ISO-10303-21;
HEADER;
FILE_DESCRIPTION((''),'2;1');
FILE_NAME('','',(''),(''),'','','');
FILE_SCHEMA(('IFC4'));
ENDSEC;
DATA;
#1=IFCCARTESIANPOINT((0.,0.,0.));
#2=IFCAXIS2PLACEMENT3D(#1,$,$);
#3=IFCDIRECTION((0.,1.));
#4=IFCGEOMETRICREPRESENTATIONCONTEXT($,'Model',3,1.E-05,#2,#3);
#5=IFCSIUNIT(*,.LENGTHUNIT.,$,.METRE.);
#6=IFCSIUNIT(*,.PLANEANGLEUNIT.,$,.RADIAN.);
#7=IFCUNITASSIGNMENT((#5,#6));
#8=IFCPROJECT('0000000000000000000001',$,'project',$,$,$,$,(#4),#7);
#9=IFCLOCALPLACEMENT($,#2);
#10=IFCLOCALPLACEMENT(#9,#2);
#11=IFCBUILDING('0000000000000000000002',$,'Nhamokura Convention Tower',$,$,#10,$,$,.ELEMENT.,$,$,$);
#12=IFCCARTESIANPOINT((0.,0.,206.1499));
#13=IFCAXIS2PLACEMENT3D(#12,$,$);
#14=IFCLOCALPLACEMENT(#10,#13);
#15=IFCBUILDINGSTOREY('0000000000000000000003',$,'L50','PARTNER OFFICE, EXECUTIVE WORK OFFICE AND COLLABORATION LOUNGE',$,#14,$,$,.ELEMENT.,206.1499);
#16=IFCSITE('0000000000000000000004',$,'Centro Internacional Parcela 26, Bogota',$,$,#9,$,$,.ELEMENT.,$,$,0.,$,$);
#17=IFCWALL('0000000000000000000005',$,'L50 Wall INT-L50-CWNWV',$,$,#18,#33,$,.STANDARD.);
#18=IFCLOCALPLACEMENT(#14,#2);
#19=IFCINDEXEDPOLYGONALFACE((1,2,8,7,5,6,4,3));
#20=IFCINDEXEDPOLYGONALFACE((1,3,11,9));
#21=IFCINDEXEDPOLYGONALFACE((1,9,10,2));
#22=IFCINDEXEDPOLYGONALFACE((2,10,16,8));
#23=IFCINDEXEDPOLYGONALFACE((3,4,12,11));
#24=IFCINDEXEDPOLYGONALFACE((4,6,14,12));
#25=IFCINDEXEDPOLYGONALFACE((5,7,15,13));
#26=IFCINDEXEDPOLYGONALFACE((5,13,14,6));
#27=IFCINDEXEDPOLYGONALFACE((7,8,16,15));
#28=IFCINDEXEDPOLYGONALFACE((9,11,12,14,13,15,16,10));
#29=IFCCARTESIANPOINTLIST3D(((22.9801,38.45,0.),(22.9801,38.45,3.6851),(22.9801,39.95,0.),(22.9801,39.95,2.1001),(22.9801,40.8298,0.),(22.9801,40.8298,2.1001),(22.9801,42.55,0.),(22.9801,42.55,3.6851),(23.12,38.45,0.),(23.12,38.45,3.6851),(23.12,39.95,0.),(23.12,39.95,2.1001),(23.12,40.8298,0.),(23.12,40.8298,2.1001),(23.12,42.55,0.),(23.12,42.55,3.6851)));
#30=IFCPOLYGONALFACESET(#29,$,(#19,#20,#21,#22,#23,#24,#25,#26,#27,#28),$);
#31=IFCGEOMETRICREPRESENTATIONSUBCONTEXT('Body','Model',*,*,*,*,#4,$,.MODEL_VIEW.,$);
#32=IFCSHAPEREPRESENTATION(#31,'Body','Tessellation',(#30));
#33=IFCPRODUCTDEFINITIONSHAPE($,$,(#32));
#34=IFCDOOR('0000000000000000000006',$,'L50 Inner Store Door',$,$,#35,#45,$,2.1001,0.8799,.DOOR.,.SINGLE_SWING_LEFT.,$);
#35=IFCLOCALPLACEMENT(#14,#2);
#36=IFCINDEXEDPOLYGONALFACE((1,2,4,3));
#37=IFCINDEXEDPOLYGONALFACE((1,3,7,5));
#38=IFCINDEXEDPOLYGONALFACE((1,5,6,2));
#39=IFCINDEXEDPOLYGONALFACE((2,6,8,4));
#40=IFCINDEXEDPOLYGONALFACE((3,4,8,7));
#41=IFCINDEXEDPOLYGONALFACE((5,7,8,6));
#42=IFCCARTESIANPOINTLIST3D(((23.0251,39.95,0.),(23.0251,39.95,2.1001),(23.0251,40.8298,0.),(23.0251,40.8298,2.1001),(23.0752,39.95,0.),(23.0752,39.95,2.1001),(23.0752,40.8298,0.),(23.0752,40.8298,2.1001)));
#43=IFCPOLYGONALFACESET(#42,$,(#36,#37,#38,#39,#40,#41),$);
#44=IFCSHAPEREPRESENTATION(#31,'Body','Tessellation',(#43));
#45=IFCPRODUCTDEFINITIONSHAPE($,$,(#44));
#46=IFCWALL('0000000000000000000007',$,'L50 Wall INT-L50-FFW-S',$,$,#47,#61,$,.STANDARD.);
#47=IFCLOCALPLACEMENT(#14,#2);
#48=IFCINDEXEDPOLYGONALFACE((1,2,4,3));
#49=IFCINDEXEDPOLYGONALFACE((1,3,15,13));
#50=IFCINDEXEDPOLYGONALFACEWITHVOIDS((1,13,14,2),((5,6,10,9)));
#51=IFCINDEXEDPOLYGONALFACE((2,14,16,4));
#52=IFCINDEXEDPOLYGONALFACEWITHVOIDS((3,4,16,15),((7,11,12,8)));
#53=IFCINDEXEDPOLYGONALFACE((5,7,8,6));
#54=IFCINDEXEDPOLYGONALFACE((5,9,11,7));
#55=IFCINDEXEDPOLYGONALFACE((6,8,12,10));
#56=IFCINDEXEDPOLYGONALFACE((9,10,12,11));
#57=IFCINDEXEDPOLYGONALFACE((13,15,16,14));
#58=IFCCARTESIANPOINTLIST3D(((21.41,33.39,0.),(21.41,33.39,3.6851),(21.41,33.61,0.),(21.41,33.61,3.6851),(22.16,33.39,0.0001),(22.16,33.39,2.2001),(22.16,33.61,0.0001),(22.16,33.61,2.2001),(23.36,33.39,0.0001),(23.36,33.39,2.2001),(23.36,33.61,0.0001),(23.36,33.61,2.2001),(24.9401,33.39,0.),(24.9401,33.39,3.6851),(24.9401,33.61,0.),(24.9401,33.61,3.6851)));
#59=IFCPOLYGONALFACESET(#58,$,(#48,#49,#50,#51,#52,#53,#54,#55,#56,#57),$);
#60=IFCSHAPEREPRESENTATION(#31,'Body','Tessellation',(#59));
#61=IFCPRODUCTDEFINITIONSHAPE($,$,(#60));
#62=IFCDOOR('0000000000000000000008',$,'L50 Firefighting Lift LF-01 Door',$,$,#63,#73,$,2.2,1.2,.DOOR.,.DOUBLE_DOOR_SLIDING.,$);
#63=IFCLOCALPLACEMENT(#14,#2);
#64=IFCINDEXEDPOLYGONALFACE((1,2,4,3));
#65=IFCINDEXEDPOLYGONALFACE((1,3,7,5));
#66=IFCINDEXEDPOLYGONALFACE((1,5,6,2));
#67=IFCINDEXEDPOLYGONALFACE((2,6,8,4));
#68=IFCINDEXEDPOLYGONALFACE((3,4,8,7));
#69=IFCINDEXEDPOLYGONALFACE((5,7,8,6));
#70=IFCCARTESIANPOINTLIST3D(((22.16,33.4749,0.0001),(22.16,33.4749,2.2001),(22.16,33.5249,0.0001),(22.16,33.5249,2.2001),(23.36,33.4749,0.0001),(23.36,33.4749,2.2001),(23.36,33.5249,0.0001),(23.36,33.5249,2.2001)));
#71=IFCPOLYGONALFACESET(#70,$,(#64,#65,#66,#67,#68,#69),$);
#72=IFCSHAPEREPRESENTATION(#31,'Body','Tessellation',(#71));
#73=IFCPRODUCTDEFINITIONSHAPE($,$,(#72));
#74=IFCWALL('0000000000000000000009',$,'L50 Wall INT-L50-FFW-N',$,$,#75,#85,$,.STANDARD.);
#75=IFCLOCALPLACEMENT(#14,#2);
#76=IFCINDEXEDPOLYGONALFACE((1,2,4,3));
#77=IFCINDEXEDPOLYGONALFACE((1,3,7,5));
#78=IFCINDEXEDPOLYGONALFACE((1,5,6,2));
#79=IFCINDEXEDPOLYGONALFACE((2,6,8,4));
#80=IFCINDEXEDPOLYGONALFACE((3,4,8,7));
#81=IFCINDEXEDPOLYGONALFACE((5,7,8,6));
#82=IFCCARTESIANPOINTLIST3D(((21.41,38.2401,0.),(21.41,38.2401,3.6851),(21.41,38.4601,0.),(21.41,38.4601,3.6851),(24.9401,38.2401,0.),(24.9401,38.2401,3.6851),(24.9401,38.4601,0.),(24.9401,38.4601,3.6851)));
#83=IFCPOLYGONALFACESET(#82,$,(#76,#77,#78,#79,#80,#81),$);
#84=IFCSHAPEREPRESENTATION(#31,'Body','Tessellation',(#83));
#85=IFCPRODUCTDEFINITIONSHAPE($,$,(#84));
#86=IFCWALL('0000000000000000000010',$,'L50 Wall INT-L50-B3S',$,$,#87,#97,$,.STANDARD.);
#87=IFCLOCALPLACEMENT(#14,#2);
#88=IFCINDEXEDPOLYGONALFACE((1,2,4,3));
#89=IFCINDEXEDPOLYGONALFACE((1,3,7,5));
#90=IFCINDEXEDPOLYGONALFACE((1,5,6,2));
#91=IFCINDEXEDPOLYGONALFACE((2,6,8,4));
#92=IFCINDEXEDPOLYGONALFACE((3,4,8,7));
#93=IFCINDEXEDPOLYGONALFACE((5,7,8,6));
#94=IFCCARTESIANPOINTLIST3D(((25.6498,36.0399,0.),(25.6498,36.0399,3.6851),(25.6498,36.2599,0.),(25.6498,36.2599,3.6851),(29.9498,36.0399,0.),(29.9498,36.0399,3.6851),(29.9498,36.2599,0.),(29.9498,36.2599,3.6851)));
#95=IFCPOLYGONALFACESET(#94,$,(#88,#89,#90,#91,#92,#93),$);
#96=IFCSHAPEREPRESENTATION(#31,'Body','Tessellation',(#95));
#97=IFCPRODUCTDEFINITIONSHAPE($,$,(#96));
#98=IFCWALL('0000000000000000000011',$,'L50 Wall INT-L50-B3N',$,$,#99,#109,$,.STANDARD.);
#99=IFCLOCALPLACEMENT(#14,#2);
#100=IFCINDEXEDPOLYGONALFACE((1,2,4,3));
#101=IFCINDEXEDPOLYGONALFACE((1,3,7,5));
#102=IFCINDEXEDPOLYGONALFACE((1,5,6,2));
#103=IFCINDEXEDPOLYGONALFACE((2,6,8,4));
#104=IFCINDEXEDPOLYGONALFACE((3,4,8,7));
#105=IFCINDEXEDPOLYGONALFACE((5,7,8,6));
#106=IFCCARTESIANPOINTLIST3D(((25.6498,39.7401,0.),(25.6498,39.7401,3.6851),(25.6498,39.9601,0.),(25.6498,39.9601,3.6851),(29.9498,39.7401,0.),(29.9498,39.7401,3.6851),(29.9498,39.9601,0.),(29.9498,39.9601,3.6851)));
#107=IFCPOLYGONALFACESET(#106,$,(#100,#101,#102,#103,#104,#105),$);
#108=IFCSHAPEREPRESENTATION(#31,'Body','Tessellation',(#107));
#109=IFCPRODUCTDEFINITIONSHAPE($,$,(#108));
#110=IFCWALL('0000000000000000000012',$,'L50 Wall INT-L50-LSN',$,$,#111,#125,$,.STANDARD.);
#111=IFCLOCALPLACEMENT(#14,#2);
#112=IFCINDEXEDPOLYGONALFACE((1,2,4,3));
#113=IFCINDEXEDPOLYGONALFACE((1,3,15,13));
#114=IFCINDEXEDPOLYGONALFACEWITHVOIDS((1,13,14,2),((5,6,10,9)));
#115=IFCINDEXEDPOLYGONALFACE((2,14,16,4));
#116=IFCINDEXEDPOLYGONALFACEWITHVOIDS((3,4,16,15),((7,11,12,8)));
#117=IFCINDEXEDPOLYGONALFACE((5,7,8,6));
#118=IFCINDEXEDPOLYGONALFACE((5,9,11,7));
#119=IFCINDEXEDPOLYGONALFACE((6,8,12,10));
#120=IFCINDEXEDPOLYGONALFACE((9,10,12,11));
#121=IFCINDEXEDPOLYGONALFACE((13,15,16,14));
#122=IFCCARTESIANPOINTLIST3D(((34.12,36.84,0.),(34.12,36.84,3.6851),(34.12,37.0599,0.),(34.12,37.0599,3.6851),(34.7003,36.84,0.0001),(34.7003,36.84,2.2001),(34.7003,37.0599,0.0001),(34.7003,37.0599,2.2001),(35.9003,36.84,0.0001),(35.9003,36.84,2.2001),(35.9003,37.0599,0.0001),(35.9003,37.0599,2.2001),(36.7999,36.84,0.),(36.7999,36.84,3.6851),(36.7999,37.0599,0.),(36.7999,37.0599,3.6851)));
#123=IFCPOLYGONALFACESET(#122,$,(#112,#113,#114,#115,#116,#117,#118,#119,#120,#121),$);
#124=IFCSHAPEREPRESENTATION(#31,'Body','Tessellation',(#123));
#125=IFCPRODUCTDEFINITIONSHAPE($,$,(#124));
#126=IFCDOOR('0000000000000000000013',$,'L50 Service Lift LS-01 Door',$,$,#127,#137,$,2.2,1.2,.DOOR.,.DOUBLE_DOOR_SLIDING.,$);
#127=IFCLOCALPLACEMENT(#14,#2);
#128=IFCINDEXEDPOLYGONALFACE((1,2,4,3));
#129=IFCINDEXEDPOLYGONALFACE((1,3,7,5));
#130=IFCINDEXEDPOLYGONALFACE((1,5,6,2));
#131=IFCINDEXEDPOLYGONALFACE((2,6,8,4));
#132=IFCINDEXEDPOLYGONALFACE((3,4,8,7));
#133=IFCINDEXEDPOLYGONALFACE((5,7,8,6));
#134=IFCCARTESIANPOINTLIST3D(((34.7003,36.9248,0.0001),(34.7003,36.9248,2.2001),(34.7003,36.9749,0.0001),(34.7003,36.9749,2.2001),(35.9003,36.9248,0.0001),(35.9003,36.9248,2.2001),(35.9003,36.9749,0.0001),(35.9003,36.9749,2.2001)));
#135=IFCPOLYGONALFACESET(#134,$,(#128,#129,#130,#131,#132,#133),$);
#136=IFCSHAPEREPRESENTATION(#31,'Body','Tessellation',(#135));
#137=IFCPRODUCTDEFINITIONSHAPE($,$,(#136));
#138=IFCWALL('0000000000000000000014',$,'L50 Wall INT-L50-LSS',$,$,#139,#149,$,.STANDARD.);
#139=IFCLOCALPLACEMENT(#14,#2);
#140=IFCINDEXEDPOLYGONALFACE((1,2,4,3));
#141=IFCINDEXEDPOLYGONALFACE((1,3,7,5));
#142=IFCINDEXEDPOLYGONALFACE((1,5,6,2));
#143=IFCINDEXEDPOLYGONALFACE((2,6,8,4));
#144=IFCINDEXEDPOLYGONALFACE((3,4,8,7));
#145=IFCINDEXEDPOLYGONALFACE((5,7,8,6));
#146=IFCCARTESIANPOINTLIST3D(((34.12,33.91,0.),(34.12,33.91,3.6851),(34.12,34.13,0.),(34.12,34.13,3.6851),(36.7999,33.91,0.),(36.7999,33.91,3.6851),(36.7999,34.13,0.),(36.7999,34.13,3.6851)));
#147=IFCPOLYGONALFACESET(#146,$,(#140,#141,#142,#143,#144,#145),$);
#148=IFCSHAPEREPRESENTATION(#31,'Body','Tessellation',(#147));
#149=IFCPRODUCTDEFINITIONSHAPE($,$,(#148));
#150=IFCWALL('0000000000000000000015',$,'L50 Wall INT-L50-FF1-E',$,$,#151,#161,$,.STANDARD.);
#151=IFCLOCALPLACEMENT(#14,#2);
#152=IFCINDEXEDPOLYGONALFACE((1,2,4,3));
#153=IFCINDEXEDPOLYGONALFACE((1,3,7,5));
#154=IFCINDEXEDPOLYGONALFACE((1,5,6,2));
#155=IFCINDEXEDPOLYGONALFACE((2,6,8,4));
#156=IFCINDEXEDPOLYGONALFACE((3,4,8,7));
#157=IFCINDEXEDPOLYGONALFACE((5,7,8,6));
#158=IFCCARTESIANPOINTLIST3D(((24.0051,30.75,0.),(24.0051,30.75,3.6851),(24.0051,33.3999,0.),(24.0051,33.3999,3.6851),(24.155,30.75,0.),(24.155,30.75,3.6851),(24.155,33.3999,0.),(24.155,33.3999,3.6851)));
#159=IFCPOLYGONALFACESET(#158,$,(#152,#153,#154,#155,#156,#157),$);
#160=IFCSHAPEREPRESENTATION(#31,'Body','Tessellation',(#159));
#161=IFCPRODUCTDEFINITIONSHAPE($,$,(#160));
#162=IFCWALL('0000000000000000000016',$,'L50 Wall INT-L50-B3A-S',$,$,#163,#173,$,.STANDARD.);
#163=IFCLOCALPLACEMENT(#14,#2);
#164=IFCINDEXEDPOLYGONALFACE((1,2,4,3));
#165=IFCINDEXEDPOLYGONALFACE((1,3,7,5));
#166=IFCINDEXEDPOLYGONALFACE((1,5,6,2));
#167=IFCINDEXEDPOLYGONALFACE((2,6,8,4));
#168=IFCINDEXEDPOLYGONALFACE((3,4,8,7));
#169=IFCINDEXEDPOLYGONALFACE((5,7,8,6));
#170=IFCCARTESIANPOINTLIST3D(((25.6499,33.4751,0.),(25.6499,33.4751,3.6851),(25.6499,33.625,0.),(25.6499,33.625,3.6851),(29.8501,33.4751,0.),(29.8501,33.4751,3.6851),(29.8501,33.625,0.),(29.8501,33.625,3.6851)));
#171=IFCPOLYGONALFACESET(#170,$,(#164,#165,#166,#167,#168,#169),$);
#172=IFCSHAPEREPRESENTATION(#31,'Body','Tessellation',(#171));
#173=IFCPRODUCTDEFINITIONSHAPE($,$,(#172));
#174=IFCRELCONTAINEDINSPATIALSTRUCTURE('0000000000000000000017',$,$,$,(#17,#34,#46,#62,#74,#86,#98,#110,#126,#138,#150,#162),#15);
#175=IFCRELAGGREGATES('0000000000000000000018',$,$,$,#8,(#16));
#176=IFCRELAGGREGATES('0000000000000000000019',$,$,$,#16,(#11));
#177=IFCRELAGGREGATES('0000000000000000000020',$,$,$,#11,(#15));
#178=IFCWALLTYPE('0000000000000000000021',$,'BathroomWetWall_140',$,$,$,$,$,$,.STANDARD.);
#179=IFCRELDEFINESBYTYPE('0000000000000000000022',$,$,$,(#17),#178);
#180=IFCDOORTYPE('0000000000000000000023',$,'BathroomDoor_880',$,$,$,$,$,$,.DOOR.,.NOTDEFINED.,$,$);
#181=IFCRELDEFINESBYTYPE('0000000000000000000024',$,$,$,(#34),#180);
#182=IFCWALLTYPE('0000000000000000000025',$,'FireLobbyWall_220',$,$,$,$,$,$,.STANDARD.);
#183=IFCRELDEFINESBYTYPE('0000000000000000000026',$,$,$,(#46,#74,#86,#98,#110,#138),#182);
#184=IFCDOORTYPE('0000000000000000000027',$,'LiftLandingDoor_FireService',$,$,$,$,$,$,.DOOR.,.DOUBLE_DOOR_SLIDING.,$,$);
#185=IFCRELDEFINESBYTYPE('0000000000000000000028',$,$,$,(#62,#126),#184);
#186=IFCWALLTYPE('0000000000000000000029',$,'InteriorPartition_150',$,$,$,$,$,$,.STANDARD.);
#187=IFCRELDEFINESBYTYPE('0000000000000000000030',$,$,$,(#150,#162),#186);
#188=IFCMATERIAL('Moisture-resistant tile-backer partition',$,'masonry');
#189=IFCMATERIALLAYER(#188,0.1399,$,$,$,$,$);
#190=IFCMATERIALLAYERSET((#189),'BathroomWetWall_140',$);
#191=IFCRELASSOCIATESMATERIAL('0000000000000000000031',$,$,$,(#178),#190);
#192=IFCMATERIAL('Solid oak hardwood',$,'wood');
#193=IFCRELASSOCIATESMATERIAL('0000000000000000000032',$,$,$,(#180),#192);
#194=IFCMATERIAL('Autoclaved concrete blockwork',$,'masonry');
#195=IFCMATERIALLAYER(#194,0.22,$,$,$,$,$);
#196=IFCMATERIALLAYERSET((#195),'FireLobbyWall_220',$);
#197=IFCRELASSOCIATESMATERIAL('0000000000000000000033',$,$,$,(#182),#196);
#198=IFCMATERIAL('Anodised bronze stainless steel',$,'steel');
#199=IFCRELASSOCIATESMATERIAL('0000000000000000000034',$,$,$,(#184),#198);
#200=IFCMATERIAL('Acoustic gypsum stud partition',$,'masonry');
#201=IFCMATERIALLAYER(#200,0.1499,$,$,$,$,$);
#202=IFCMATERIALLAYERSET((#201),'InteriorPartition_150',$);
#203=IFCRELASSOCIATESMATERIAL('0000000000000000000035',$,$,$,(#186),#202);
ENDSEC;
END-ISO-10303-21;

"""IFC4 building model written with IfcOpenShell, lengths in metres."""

from ifc_helpers import new_model, si_unit, direction, frame, frame_2d, origin, place, context, subcontext, project, spatial, rectangle, extrude, material, layer, layer_set, type_object, element, fill, save


model = new_model("IFC4")

# Units and contexts
model_context = context("Model", 3, precision=1e-05, world=origin(), true_north=direction((0.0, 1.0)))
body_context = subcontext(model_context, "Body", "Model", "MODEL_VIEW")
ifc_project = project(units=[si_unit("LENGTHUNIT", "METRE"), si_unit("PLANEANGLEUNIT", "RADIAN")], contexts=[model_context])

# Site, building, storey
site_placement = place(None, origin())
site = spatial("IfcSite", under=ifc_project, at=site_placement, Name="Centro Internacional Parcela 26, Bogota", CompositionType="ELEMENT", RefElevation=0.0)
building_placement = place(site_placement, origin())
building = spatial("IfcBuilding", under=site, at=building_placement, Name="Nhamokura Convention Tower", CompositionType="ELEMENT")
storey_placement = place(building_placement, frame((0.0, 0.0, 206.1499)))
storey = spatial("IfcBuildingStorey", under=building, at=storey_placement, Name="L50", Description="PARTNER OFFICE, EXECUTIVE WORK OFFICE AND COLLABORATION LOUNGE", CompositionType="ELEMENT", Elevation=206.1499)

# Wall, opening, door
ifc_material_1 = material(Name="Moisture-resistant tile-backer partition", Category="masonry")
ifc_layer_1 = layer(ifc_material_1, 0.1399)
ifc_layer_set_1 = layer_set([ifc_layer_1], Name="BathroomWetWall_140")
wall_type_1 = type_object("IfcWallType", Name="BathroomWetWall_140", PredefinedType="STANDARD", material=ifc_layer_set_1)
wall_1_placement = place(storey_placement, frame((23.05, 38.45, 0.0), z_axis=(0.0, 0.0, 1.0), x_axis=(0.0, 1.0, 0.0)))
wall_1 = element("IfcWall", 1, at=wall_1_placement, inside=storey, type_object=wall_type_1, Name="L50 Wall INT-L50-CWNWV", PredefinedType="STANDARD", context=body_context, shape_type="SweptSolid", body=[
    extrude(rectangle(XDim=4.1001, YDim=0.1399, at=frame_2d((2.05, 0.0))), origin(), (0.0, 0.0, 1.0), 3.6851),
])
opening_1_placement = place(wall_1_placement, frame((1.5, 0.0, 0.0)))
opening_1 = element("IfcOpeningElement", 2, at=opening_1_placement, cuts=wall_1, PredefinedType="OPENING", context=body_context, shape_type="SweptSolid", body=[
    extrude(rectangle(XDim=0.8799, YDim=2.1001, at=frame_2d((0.4399, 1.05))), frame((0.0, 0.0798, 0.0), z_axis=(0.0, -1.0, 0.0), x_axis=(1.0, 0.0, 0.0)), (0.0, 0.0, 1.0), 0.1599),
])
ifc_material_2 = material(Name="Solid oak hardwood", Category="wood")
door_type_1 = type_object("IfcDoorType", Name="BathroomDoor_880", OperationType="NOTDEFINED", PredefinedType="DOOR", material=ifc_material_2)
door_1_placement = place(opening_1_placement, origin())
door_1 = element("IfcDoor", 3, at=door_1_placement, inside=storey, type_object=door_type_1, Name="L50 Inner Store Door", OperationType="SINGLE_SWING_LEFT", OverallHeight=2.1001, OverallWidth=0.8799, PredefinedType="DOOR", context=body_context, shape_type="SweptSolid", body=[
    extrude(rectangle(XDim=0.8799, YDim=2.1001, at=frame_2d((0.4399, 1.05))), frame((0.0, 0.0249, 0.0), z_axis=(0.0, -1.0, 0.0), x_axis=(1.0, 0.0, 0.0)), (0.0, 0.0, 1.0), 0.05),
])
fill(opening_1, door_1)

# Wall, opening, door
ifc_material_3 = material(Name="Autoclaved concrete blockwork", Category="masonry")
ifc_layer_2 = layer(ifc_material_3, 0.22)
ifc_layer_set_2 = layer_set([ifc_layer_2], Name="FireLobbyWall_220")
wall_type_2 = type_object("IfcWallType", Name="FireLobbyWall_220", PredefinedType="STANDARD", material=ifc_layer_set_2)
wall_2_placement = place(storey_placement, frame((21.4099, 33.5, 0.0), z_axis=(0.0, 0.0, 1.0), x_axis=(1.0, 0.0, 0.0)))
wall_2 = element("IfcWall", 4, at=wall_2_placement, inside=storey, type_object=wall_type_2, Name="L50 Wall INT-L50-FFW-S", PredefinedType="STANDARD", context=body_context, shape_type="SweptSolid", body=[
    extrude(rectangle(XDim=3.53, YDim=0.22, at=frame_2d((1.7651, 0.0))), origin(), (0.0, 0.0, 1.0), 3.6851),
])
opening_2_placement = place(wall_2_placement, frame((0.75, 0.0, 0.0)))
opening_2 = element("IfcOpeningElement", 5, at=opening_2_placement, cuts=wall_2, PredefinedType="OPENING", context=body_context, shape_type="SweptSolid", body=[
    extrude(rectangle(XDim=1.2, YDim=2.2, at=frame_2d((0.6001, 1.1001))), frame((0.0, 0.1199, 0.0), z_axis=(0.0, -1.0, 0.0), x_axis=(1.0, 0.0, 0.0)), (0.0, 0.0, 1.0), 0.24),
])
ifc_material_4 = material(Name="Anodised bronze stainless steel", Category="steel")
door_type_2 = type_object("IfcDoorType", Name="LiftLandingDoor_FireService", OperationType="DOUBLE_DOOR_SLIDING", PredefinedType="DOOR", material=ifc_material_4)
door_2_placement = place(opening_2_placement, origin())
door_2 = element("IfcDoor", 6, at=door_2_placement, inside=storey, type_object=door_type_2, Name="L50 Firefighting Lift LF-01 Door", OperationType="DOUBLE_DOOR_SLIDING", OverallHeight=2.2, OverallWidth=1.2, PredefinedType="DOOR", context=body_context, shape_type="SweptSolid", body=[
    extrude(rectangle(XDim=1.2, YDim=2.2, at=frame_2d((0.6001, 1.1001))), frame((0.0, 0.0249, 0.0), z_axis=(0.0, -1.0, 0.0), x_axis=(1.0, 0.0, 0.0)), (0.0, 0.0, 1.0), 0.05),
])
fill(opening_2, door_2)

# Walls
wall_3_placement = place(storey_placement, frame((21.4099, 38.3501, 0.0), z_axis=(0.0, 0.0, 1.0), x_axis=(1.0, 0.0, 0.0)))
element("IfcWall", 7, at=wall_3_placement, inside=storey, type_object=wall_type_2, Name="L50 Wall INT-L50-FFW-N", PredefinedType="STANDARD", context=body_context, shape_type="SweptSolid", body=[
    extrude(rectangle(XDim=3.53, YDim=0.22, at=frame_2d((1.7651, 0.0))), origin(), (0.0, 0.0, 1.0), 3.6851),
])
for number, where, z_axis, x_axis, name in (
    (8, (25.6499, 36.1499, 0.0), (0.0, 0.0, 1.0), (1.0, 0.0, 0.0), "L50 Wall INT-L50-B3S"),
    (9, (25.6499, 39.8501, 0.0), (0.0, 0.0, 1.0), (1.0, 0.0, 0.0), "L50 Wall INT-L50-B3N"),
):
    element("IfcWall", number, at=place(storey_placement, frame(where, z_axis=z_axis, x_axis=x_axis)), inside=storey, type_object=wall_type_2, Name=name, PredefinedType="STANDARD", context=body_context, shape_type="SweptSolid", body=[
        extrude(rectangle(XDim=4.3, YDim=0.22, at=frame_2d((2.1499, 0.0))), origin(), (0.0, 0.0, 1.0), 3.6851),
    ])

# Wall, opening, door
wall_4_placement = place(storey_placement, frame((34.1201, 36.95, 0.0), z_axis=(0.0, 0.0, 1.0), x_axis=(1.0, 0.0, 0.0)))
wall_4 = element("IfcWall", 10, at=wall_4_placement, inside=storey, type_object=wall_type_2, Name="L50 Wall INT-L50-LSN", PredefinedType="STANDARD", context=body_context, shape_type="SweptSolid", body=[
    extrude(rectangle(XDim=2.6799, YDim=0.22, at=frame_2d((1.3398, 0.0))), origin(), (0.0, 0.0, 1.0), 3.6851),
])
opening_3_placement = place(wall_4_placement, frame((0.5801, 0.0, 0.0)))
opening_3 = element("IfcOpeningElement", 11, at=opening_3_placement, cuts=wall_4, PredefinedType="OPENING", context=body_context, shape_type="SweptSolid", body=[
    extrude(rectangle(XDim=1.2, YDim=2.2, at=frame_2d((0.6001, 1.1001))), frame((0.0, 0.1199, 0.0), z_axis=(0.0, -1.0, 0.0), x_axis=(1.0, 0.0, 0.0)), (0.0, 0.0, 1.0), 0.24),
])
door_3_placement = place(opening_3_placement, origin())
door_3 = element("IfcDoor", 12, at=door_3_placement, inside=storey, type_object=door_type_2, Name="L50 Service Lift LS-01 Door", OperationType="DOUBLE_DOOR_SLIDING", OverallHeight=2.2, OverallWidth=1.2, PredefinedType="DOOR", context=body_context, shape_type="SweptSolid", body=[
    extrude(rectangle(XDim=1.2, YDim=2.2, at=frame_2d((0.6001, 1.1001))), frame((0.0, 0.0249, 0.0), z_axis=(0.0, -1.0, 0.0), x_axis=(1.0, 0.0, 0.0)), (0.0, 0.0, 1.0), 0.05),
])
fill(opening_3, door_3)

# Walls
wall_5_placement = place(storey_placement, frame((34.1201, 34.02, 0.0), z_axis=(0.0, 0.0, 1.0), x_axis=(1.0, 0.0, 0.0)))
element("IfcWall", 13, at=wall_5_placement, inside=storey, type_object=wall_type_2, Name="L50 Wall INT-L50-LSS", PredefinedType="STANDARD", context=body_context, shape_type="SweptSolid", body=[
    extrude(rectangle(XDim=2.6799, YDim=0.22, at=frame_2d((1.3398, 0.0))), origin(), (0.0, 0.0, 1.0), 3.6851),
])
ifc_material_5 = material(Name="Acoustic gypsum stud partition", Category="masonry")
ifc_layer_3 = layer(ifc_material_5, 0.1499)
ifc_layer_set_3 = layer_set([ifc_layer_3], Name="InteriorPartition_150")
wall_type_3 = type_object("IfcWallType", Name="InteriorPartition_150", PredefinedType="STANDARD", material=ifc_layer_set_3)
wall_6_placement = place(storey_placement, frame((24.0801, 30.75, 0.0), z_axis=(0.0, 0.0, 1.0), x_axis=(0.0, 1.0, 0.0)))
element("IfcWall", 14, at=wall_6_placement, inside=storey, type_object=wall_type_3, Name="L50 Wall INT-L50-FF1-E", PredefinedType="STANDARD", context=body_context, shape_type="SweptSolid", body=[
    extrude(rectangle(XDim=2.6499, YDim=0.1499, at=frame_2d((1.325, 0.0))), origin(), (0.0, 0.0, 1.0), 3.6851),
])
wall_7_placement = place(storey_placement, frame((25.6499, 33.55, 0.0), z_axis=(0.0, 0.0, 1.0), x_axis=(1.0, 0.0, 0.0)))
element("IfcWall", 15, at=wall_7_placement, inside=storey, type_object=wall_type_3, Name="L50 Wall INT-L50-B3A-S", PredefinedType="STANDARD", context=body_context, shape_type="SweptSolid", body=[
    extrude(rectangle(XDim=4.2002, YDim=0.1499, at=frame_2d((2.1001, 0.0))), origin(), (0.0, 0.0, 1.0), 3.6851),
])

save(model, "model.ifc")
